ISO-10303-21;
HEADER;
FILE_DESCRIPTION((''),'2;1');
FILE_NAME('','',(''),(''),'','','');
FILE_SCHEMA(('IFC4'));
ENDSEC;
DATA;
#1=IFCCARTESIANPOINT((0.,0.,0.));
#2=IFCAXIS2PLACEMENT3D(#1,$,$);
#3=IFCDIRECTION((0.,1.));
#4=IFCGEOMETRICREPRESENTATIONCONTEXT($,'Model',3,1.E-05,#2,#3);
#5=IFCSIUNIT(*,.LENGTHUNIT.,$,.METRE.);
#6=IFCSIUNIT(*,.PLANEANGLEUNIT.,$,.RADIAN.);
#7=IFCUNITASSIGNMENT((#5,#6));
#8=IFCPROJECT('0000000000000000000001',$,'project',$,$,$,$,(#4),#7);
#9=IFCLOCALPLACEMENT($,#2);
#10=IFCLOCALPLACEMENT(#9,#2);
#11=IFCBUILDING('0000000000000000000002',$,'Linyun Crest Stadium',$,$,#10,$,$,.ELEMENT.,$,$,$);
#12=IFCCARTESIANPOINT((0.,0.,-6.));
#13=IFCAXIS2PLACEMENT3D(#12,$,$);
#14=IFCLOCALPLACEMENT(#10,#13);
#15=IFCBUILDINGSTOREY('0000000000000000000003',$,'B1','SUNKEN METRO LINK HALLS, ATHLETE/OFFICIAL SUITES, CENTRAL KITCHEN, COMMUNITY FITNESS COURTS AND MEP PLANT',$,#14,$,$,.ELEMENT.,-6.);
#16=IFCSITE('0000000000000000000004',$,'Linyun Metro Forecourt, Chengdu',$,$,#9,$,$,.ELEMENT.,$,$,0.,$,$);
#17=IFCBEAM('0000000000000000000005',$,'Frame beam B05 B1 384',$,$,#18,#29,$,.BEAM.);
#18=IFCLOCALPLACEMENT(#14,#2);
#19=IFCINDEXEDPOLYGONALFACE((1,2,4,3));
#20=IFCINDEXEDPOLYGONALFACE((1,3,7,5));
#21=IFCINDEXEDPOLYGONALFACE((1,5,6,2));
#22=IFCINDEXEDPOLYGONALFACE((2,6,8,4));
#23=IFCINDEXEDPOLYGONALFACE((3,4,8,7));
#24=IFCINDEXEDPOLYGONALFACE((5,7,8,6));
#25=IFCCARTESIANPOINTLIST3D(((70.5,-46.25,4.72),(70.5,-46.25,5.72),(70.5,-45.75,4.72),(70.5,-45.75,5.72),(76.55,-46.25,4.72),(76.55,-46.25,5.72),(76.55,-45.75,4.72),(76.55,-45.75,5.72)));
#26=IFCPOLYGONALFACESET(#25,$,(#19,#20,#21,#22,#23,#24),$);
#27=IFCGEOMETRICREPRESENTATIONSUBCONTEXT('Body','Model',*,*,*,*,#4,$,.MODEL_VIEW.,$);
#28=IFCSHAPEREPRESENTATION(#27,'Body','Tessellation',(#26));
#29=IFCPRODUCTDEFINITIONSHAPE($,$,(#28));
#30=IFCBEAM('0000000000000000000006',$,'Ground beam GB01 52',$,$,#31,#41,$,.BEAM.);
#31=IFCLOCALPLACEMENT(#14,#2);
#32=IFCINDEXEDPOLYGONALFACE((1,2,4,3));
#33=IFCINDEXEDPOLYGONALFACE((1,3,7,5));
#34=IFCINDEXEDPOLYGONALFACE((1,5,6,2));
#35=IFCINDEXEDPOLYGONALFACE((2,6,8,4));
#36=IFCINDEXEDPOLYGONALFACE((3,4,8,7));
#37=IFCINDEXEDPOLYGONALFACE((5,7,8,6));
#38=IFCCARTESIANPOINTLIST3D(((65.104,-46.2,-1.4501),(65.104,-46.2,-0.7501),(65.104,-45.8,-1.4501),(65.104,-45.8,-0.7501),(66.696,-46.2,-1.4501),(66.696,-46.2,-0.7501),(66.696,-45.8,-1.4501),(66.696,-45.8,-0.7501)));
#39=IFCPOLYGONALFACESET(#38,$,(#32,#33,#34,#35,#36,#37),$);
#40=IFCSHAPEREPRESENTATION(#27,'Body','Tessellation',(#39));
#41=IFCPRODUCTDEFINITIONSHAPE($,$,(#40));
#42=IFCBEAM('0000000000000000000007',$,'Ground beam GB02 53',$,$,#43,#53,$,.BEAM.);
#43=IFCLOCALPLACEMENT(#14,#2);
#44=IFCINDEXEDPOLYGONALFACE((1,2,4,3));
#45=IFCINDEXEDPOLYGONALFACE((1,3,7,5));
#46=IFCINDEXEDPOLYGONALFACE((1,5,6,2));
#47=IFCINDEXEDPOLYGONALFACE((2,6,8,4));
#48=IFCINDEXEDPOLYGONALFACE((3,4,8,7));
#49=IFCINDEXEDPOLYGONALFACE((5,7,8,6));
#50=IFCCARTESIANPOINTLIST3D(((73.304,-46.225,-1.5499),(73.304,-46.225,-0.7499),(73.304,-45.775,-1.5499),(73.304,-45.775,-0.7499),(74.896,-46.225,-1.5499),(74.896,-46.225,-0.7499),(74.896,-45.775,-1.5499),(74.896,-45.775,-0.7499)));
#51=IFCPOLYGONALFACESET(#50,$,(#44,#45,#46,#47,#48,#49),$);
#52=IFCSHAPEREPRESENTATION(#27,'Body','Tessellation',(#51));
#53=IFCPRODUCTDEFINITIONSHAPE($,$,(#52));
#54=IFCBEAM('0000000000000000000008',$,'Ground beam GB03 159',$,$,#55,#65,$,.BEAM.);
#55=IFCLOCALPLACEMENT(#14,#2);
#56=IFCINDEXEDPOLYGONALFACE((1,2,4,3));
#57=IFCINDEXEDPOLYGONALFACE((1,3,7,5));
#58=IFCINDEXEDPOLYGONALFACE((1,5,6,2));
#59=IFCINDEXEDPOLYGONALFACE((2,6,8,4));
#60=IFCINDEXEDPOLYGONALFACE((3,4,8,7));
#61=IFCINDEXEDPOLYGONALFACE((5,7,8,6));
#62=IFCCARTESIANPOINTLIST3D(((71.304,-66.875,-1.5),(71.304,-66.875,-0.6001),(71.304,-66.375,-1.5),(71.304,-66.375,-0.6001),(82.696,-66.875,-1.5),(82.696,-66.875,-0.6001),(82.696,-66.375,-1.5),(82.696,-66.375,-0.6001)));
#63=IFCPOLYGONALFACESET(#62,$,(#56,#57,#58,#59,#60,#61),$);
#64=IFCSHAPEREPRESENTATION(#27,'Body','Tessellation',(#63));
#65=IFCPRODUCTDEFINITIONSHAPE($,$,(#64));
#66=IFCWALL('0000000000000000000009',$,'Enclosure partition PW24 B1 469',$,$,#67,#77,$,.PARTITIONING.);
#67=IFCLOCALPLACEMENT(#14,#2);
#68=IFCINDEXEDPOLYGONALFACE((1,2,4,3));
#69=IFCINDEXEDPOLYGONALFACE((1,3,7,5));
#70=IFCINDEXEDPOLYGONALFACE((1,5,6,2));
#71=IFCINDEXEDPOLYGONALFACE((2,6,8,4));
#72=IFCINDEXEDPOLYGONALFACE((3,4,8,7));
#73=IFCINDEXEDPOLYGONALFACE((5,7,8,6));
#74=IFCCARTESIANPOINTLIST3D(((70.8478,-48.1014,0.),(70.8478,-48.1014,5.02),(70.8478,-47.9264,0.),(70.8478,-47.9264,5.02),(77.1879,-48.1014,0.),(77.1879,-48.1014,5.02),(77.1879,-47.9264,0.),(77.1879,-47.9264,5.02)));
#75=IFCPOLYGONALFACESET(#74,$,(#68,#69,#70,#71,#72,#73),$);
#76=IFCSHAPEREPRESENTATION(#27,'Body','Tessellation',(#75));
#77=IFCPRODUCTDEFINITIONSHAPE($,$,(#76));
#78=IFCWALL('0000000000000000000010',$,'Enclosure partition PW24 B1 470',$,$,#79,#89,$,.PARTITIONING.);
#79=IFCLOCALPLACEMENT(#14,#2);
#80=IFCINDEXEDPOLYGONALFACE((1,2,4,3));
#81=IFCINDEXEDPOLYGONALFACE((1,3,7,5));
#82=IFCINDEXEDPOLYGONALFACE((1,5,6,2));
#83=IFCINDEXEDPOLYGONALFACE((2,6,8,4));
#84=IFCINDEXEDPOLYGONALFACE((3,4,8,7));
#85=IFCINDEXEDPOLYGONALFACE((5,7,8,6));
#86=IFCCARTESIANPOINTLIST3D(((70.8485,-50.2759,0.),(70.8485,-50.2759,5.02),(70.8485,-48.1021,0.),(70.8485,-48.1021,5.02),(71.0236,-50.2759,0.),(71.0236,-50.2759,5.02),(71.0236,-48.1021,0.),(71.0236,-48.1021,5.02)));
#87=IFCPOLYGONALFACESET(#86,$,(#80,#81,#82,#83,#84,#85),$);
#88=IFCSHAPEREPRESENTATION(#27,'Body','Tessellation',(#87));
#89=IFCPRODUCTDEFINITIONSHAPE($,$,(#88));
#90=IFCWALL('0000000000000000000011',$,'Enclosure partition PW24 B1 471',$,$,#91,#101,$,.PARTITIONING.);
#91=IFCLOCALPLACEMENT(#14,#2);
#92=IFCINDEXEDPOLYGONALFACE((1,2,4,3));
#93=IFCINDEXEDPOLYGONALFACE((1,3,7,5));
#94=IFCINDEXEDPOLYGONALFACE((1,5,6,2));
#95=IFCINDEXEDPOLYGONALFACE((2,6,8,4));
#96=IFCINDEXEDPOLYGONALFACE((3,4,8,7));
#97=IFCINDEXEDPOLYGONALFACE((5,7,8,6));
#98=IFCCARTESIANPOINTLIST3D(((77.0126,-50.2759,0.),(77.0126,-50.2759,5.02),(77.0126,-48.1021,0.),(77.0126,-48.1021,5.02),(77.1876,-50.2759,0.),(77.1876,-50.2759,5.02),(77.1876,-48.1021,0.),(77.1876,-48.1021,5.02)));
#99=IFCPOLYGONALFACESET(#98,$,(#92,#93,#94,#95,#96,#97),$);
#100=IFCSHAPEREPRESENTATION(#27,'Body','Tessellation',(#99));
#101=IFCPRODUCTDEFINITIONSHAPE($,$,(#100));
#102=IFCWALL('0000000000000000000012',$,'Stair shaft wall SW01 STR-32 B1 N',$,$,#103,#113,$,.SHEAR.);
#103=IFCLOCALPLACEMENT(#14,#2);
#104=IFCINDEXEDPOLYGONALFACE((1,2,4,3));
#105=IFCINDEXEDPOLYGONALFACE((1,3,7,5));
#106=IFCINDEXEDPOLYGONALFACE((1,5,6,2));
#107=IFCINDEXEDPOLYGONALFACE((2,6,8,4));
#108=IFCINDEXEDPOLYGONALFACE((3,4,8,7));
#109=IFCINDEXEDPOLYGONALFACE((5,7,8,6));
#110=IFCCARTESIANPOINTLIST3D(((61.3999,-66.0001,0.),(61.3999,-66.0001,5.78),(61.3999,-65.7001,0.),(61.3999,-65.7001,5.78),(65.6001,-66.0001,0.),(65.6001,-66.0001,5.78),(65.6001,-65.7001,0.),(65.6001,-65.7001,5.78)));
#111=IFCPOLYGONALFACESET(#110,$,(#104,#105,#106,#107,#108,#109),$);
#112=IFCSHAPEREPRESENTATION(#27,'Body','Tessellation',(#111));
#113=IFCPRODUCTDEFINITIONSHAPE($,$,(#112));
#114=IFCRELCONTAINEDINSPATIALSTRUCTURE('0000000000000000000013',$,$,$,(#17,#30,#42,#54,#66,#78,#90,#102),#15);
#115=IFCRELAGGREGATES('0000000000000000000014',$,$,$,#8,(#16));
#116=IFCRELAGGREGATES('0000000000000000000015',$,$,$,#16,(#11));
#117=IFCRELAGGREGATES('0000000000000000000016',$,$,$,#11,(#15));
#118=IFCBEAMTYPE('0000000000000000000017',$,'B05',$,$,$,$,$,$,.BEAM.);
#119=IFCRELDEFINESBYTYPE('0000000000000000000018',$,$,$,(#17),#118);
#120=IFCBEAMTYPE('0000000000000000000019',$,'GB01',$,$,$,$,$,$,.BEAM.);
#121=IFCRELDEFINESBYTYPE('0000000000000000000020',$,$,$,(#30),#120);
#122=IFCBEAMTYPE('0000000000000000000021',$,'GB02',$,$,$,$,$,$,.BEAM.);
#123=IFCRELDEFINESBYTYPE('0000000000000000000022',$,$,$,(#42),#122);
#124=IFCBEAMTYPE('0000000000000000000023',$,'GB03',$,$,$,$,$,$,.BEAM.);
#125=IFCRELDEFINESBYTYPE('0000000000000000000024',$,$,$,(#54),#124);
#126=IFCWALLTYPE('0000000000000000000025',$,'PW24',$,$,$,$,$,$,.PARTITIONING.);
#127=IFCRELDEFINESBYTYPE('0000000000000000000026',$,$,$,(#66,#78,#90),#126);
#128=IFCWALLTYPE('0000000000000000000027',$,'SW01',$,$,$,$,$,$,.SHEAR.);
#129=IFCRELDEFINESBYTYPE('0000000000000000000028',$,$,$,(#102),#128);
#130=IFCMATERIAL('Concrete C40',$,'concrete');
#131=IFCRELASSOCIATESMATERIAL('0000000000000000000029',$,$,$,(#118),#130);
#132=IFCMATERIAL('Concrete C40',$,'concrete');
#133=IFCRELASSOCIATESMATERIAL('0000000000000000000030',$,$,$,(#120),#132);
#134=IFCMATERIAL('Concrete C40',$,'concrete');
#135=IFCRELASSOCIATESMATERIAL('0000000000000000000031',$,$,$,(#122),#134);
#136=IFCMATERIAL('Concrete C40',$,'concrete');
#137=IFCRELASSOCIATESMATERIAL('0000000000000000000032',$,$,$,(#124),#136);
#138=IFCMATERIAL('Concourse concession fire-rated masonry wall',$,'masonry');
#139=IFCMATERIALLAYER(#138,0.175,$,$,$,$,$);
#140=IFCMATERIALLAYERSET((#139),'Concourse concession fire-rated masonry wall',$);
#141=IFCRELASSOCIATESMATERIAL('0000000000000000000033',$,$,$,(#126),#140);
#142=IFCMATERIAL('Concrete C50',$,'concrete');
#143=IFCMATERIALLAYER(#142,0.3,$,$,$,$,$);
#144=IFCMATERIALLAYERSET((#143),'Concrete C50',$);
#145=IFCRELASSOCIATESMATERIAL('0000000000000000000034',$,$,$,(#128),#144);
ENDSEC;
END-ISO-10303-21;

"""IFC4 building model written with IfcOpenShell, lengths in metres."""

from ifc_helpers import new_model, si_unit, direction, frame, frame_2d, origin, origin_2d, place, context, subcontext, project, spatial, rectangle, extrude, material, layer, layer_set, material_profile, profile_set, type_object, element, save


model = new_model("IFC4")

# Units and contexts
model_context = context("Model", 3, precision=1e-05, world=origin(), true_north=direction((0.0, 1.0)))
body_context = subcontext(model_context, "Body", "Model", "MODEL_VIEW")
ifc_project = project(units=[si_unit("LENGTHUNIT", "METRE"), si_unit("PLANEANGLEUNIT", "RADIAN")], contexts=[model_context])

# Site, building, storey
site_placement = place(None, origin())
site = spatial("IfcSite", under=ifc_project, at=site_placement, Name="Linyun Metro Forecourt, Chengdu", CompositionType="ELEMENT", RefElevation=0.0)
building_placement = place(site_placement, origin())
building = spatial("IfcBuilding", under=site, at=building_placement, Name="Linyun Crest Stadium", CompositionType="ELEMENT")
storey_placement = place(building_placement, frame((0.0, 0.0, -6.0)))
storey = spatial("IfcBuildingStorey", under=building, at=storey_placement, Name="B1", Description="SUNKEN METRO LINK HALLS, ATHLETE/OFFICIAL SUITES, CENTRAL KITCHEN, COMMUNITY FITNESS COURTS AND MEP PLANT", CompositionType="ELEMENT", Elevation=-6.0)

# Beams
ifc_material_1 = material(Name="Concrete C40", Category="concrete")
ifc_material_profile_1 = material_profile(ifc_material_1, rectangle(XDim=0.5, YDim=1.0, at=origin_2d()), Name="RCB 1000x500")
ifc_profile_set_1 = profile_set([ifc_material_profile_1], Name="Concrete C40")
beam_type_1 = type_object("IfcBeamType", Name="B05", PredefinedType="BEAM", material=ifc_profile_set_1)
beam_1_placement = place(storey_placement, frame((70.5, -46.0, 5.22), z_axis=(1.0, 0.0, 0.0), x_axis=(0.0, 1.0, 0.0)))
element("IfcBeam", 1, at=beam_1_placement, inside=storey, type_object=beam_type_1, Name="Frame beam B05 B1 384", PredefinedType="BEAM", context=body_context, shape_type="SweptSolid", body=[
    extrude(rectangle(XDim=0.5, YDim=1.0, at=origin_2d()), origin(), (0.0, 0.0, 1.0), 6.05),
])
ifc_material_2 = material(Name="Concrete C40", Category="concrete")
ifc_material_profile_2 = material_profile(ifc_material_2, rectangle(XDim=0.3999, YDim=0.7, at=origin_2d()), Name="RCB 700x400")
ifc_profile_set_2 = profile_set([ifc_material_profile_2], Name="Concrete C40")
beam_type_2 = type_object("IfcBeamType", Name="GB01", PredefinedType="BEAM", material=ifc_profile_set_2)
beam_2_placement = place(storey_placement, frame((65.104, -46.0, -1.1001), z_axis=(1.0, 0.0, 0.0), x_axis=(0.0, 1.0, 0.0)))
element("IfcBeam", 2, at=beam_2_placement, inside=storey, type_object=beam_type_2, Name="Ground beam GB01 52", PredefinedType="BEAM", context=body_context, shape_type="SweptSolid", body=[
    extrude(rectangle(XDim=0.3999, YDim=0.7, at=origin_2d()), origin(), (0.0, 0.0, 1.0), 1.592),
])
ifc_material_3 = material(Name="Concrete C40", Category="concrete")
ifc_material_profile_3 = material_profile(ifc_material_3, rectangle(XDim=0.45, YDim=0.8, at=origin_2d()), Name="RCB 800x450")
ifc_profile_set_3 = profile_set([ifc_material_profile_3], Name="Concrete C40")
beam_type_3 = type_object("IfcBeamType", Name="GB02", PredefinedType="BEAM", material=ifc_profile_set_3)
beam_3_placement = place(storey_placement, frame((73.304, -46.0, -1.1499), z_axis=(1.0, 0.0, 0.0), x_axis=(0.0, 1.0, 0.0)))
element("IfcBeam", 3, at=beam_3_placement, inside=storey, type_object=beam_type_3, Name="Ground beam GB02 53", PredefinedType="BEAM", context=body_context, shape_type="SweptSolid", body=[
    extrude(rectangle(XDim=0.45, YDim=0.8, at=origin_2d()), origin(), (0.0, 0.0, 1.0), 1.592),
])
ifc_material_4 = material(Name="Concrete C40", Category="concrete")
ifc_material_profile_4 = material_profile(ifc_material_4, rectangle(XDim=0.5, YDim=0.8999, at=origin_2d()), Name="RCB 900x500")
ifc_profile_set_4 = profile_set([ifc_material_profile_4], Name="Concrete C40")
beam_type_4 = type_object("IfcBeamType", Name="GB03", PredefinedType="BEAM", material=ifc_profile_set_4)
beam_4_placement = place(storey_placement, frame((71.304, -66.625, -1.05), z_axis=(1.0, 0.0, 0.0), x_axis=(0.0, 1.0, 0.0)))
element("IfcBeam", 4, at=beam_4_placement, inside=storey, type_object=beam_type_4, Name="Ground beam GB03 159", PredefinedType="BEAM", context=body_context, shape_type="SweptSolid", body=[
    extrude(rectangle(XDim=0.5, YDim=0.8999, at=origin_2d()), origin(), (0.0, 0.0, 1.0), 11.3921),
])

# Walls
ifc_material_5 = material(Name="Concourse concession fire-rated masonry wall", Category="masonry")
ifc_layer_1 = layer(ifc_material_5, 0.175)
ifc_layer_set_1 = layer_set([ifc_layer_1], Name="Concourse concession fire-rated masonry wall")
wall_type_1 = type_object("IfcWallType", Name="PW24", PredefinedType="PARTITIONING", material=ifc_layer_set_1)
wall_1_placement = place(storey_placement, frame((70.8479, -48.0139, 0.0), z_axis=(0.0, 0.0, 1.0), x_axis=(1.0, 0.0, 0.0)))
element("IfcWall", 5, at=wall_1_placement, inside=storey, type_object=wall_type_1, Name="Enclosure partition PW24 B1 469", PredefinedType="PARTITIONING", context=body_context, shape_type="SweptSolid", body=[
    extrude(rectangle(XDim=6.3401, YDim=0.175, at=frame_2d((3.1699, 0.0))), origin(), (0.0, 0.0, 1.0), 5.02),
])
for number, where, z_axis, x_axis, name in (
    (6, (70.936, -50.2759, 0.0), (0.0, 0.0, 1.0), (0.0, 1.0, 0.0), "Enclosure partition PW24 B1 470"),
    (7, (77.1001, -50.2759, 0.0), (0.0, 0.0, 1.0), (0.0, 1.0, 0.0), "Enclosure partition PW24 B1 471"),
):
    element("IfcWall", number, at=place(storey_placement, frame(where, z_axis=z_axis, x_axis=x_axis)), inside=storey, type_object=wall_type_1, Name=name, PredefinedType="PARTITIONING", context=body_context, shape_type="SweptSolid", body=[
        extrude(rectangle(XDim=2.1738, YDim=0.175, at=frame_2d((1.0869, 0.0))), origin(), (0.0, 0.0, 1.0), 5.02),
    ])
ifc_material_6 = material(Name="Concrete C50", Category="concrete")
ifc_layer_2 = layer(ifc_material_6, 0.3)
ifc_layer_set_2 = layer_set([ifc_layer_2], Name="Concrete C50")
wall_type_2 = type_object("IfcWallType", Name="SW01", PredefinedType="SHEAR", material=ifc_layer_set_2)
wall_2_placement = place(storey_placement, frame((61.3999, -65.8501, 0.0), z_axis=(0.0, 0.0, 1.0), x_axis=(1.0, 0.0, 0.0)))
element("IfcWall", 8, at=wall_2_placement, inside=storey, type_object=wall_type_2, Name="Stair shaft wall SW01 STR-32 B1 N", PredefinedType="SHEAR", context=body_context, shape_type="SweptSolid", body=[
    extrude(rectangle(XDim=4.2002, YDim=0.3, at=frame_2d((2.1001, 0.0))), origin(), (0.0, 0.0, 1.0), 5.78),
])

save(model, "model.ifc")
